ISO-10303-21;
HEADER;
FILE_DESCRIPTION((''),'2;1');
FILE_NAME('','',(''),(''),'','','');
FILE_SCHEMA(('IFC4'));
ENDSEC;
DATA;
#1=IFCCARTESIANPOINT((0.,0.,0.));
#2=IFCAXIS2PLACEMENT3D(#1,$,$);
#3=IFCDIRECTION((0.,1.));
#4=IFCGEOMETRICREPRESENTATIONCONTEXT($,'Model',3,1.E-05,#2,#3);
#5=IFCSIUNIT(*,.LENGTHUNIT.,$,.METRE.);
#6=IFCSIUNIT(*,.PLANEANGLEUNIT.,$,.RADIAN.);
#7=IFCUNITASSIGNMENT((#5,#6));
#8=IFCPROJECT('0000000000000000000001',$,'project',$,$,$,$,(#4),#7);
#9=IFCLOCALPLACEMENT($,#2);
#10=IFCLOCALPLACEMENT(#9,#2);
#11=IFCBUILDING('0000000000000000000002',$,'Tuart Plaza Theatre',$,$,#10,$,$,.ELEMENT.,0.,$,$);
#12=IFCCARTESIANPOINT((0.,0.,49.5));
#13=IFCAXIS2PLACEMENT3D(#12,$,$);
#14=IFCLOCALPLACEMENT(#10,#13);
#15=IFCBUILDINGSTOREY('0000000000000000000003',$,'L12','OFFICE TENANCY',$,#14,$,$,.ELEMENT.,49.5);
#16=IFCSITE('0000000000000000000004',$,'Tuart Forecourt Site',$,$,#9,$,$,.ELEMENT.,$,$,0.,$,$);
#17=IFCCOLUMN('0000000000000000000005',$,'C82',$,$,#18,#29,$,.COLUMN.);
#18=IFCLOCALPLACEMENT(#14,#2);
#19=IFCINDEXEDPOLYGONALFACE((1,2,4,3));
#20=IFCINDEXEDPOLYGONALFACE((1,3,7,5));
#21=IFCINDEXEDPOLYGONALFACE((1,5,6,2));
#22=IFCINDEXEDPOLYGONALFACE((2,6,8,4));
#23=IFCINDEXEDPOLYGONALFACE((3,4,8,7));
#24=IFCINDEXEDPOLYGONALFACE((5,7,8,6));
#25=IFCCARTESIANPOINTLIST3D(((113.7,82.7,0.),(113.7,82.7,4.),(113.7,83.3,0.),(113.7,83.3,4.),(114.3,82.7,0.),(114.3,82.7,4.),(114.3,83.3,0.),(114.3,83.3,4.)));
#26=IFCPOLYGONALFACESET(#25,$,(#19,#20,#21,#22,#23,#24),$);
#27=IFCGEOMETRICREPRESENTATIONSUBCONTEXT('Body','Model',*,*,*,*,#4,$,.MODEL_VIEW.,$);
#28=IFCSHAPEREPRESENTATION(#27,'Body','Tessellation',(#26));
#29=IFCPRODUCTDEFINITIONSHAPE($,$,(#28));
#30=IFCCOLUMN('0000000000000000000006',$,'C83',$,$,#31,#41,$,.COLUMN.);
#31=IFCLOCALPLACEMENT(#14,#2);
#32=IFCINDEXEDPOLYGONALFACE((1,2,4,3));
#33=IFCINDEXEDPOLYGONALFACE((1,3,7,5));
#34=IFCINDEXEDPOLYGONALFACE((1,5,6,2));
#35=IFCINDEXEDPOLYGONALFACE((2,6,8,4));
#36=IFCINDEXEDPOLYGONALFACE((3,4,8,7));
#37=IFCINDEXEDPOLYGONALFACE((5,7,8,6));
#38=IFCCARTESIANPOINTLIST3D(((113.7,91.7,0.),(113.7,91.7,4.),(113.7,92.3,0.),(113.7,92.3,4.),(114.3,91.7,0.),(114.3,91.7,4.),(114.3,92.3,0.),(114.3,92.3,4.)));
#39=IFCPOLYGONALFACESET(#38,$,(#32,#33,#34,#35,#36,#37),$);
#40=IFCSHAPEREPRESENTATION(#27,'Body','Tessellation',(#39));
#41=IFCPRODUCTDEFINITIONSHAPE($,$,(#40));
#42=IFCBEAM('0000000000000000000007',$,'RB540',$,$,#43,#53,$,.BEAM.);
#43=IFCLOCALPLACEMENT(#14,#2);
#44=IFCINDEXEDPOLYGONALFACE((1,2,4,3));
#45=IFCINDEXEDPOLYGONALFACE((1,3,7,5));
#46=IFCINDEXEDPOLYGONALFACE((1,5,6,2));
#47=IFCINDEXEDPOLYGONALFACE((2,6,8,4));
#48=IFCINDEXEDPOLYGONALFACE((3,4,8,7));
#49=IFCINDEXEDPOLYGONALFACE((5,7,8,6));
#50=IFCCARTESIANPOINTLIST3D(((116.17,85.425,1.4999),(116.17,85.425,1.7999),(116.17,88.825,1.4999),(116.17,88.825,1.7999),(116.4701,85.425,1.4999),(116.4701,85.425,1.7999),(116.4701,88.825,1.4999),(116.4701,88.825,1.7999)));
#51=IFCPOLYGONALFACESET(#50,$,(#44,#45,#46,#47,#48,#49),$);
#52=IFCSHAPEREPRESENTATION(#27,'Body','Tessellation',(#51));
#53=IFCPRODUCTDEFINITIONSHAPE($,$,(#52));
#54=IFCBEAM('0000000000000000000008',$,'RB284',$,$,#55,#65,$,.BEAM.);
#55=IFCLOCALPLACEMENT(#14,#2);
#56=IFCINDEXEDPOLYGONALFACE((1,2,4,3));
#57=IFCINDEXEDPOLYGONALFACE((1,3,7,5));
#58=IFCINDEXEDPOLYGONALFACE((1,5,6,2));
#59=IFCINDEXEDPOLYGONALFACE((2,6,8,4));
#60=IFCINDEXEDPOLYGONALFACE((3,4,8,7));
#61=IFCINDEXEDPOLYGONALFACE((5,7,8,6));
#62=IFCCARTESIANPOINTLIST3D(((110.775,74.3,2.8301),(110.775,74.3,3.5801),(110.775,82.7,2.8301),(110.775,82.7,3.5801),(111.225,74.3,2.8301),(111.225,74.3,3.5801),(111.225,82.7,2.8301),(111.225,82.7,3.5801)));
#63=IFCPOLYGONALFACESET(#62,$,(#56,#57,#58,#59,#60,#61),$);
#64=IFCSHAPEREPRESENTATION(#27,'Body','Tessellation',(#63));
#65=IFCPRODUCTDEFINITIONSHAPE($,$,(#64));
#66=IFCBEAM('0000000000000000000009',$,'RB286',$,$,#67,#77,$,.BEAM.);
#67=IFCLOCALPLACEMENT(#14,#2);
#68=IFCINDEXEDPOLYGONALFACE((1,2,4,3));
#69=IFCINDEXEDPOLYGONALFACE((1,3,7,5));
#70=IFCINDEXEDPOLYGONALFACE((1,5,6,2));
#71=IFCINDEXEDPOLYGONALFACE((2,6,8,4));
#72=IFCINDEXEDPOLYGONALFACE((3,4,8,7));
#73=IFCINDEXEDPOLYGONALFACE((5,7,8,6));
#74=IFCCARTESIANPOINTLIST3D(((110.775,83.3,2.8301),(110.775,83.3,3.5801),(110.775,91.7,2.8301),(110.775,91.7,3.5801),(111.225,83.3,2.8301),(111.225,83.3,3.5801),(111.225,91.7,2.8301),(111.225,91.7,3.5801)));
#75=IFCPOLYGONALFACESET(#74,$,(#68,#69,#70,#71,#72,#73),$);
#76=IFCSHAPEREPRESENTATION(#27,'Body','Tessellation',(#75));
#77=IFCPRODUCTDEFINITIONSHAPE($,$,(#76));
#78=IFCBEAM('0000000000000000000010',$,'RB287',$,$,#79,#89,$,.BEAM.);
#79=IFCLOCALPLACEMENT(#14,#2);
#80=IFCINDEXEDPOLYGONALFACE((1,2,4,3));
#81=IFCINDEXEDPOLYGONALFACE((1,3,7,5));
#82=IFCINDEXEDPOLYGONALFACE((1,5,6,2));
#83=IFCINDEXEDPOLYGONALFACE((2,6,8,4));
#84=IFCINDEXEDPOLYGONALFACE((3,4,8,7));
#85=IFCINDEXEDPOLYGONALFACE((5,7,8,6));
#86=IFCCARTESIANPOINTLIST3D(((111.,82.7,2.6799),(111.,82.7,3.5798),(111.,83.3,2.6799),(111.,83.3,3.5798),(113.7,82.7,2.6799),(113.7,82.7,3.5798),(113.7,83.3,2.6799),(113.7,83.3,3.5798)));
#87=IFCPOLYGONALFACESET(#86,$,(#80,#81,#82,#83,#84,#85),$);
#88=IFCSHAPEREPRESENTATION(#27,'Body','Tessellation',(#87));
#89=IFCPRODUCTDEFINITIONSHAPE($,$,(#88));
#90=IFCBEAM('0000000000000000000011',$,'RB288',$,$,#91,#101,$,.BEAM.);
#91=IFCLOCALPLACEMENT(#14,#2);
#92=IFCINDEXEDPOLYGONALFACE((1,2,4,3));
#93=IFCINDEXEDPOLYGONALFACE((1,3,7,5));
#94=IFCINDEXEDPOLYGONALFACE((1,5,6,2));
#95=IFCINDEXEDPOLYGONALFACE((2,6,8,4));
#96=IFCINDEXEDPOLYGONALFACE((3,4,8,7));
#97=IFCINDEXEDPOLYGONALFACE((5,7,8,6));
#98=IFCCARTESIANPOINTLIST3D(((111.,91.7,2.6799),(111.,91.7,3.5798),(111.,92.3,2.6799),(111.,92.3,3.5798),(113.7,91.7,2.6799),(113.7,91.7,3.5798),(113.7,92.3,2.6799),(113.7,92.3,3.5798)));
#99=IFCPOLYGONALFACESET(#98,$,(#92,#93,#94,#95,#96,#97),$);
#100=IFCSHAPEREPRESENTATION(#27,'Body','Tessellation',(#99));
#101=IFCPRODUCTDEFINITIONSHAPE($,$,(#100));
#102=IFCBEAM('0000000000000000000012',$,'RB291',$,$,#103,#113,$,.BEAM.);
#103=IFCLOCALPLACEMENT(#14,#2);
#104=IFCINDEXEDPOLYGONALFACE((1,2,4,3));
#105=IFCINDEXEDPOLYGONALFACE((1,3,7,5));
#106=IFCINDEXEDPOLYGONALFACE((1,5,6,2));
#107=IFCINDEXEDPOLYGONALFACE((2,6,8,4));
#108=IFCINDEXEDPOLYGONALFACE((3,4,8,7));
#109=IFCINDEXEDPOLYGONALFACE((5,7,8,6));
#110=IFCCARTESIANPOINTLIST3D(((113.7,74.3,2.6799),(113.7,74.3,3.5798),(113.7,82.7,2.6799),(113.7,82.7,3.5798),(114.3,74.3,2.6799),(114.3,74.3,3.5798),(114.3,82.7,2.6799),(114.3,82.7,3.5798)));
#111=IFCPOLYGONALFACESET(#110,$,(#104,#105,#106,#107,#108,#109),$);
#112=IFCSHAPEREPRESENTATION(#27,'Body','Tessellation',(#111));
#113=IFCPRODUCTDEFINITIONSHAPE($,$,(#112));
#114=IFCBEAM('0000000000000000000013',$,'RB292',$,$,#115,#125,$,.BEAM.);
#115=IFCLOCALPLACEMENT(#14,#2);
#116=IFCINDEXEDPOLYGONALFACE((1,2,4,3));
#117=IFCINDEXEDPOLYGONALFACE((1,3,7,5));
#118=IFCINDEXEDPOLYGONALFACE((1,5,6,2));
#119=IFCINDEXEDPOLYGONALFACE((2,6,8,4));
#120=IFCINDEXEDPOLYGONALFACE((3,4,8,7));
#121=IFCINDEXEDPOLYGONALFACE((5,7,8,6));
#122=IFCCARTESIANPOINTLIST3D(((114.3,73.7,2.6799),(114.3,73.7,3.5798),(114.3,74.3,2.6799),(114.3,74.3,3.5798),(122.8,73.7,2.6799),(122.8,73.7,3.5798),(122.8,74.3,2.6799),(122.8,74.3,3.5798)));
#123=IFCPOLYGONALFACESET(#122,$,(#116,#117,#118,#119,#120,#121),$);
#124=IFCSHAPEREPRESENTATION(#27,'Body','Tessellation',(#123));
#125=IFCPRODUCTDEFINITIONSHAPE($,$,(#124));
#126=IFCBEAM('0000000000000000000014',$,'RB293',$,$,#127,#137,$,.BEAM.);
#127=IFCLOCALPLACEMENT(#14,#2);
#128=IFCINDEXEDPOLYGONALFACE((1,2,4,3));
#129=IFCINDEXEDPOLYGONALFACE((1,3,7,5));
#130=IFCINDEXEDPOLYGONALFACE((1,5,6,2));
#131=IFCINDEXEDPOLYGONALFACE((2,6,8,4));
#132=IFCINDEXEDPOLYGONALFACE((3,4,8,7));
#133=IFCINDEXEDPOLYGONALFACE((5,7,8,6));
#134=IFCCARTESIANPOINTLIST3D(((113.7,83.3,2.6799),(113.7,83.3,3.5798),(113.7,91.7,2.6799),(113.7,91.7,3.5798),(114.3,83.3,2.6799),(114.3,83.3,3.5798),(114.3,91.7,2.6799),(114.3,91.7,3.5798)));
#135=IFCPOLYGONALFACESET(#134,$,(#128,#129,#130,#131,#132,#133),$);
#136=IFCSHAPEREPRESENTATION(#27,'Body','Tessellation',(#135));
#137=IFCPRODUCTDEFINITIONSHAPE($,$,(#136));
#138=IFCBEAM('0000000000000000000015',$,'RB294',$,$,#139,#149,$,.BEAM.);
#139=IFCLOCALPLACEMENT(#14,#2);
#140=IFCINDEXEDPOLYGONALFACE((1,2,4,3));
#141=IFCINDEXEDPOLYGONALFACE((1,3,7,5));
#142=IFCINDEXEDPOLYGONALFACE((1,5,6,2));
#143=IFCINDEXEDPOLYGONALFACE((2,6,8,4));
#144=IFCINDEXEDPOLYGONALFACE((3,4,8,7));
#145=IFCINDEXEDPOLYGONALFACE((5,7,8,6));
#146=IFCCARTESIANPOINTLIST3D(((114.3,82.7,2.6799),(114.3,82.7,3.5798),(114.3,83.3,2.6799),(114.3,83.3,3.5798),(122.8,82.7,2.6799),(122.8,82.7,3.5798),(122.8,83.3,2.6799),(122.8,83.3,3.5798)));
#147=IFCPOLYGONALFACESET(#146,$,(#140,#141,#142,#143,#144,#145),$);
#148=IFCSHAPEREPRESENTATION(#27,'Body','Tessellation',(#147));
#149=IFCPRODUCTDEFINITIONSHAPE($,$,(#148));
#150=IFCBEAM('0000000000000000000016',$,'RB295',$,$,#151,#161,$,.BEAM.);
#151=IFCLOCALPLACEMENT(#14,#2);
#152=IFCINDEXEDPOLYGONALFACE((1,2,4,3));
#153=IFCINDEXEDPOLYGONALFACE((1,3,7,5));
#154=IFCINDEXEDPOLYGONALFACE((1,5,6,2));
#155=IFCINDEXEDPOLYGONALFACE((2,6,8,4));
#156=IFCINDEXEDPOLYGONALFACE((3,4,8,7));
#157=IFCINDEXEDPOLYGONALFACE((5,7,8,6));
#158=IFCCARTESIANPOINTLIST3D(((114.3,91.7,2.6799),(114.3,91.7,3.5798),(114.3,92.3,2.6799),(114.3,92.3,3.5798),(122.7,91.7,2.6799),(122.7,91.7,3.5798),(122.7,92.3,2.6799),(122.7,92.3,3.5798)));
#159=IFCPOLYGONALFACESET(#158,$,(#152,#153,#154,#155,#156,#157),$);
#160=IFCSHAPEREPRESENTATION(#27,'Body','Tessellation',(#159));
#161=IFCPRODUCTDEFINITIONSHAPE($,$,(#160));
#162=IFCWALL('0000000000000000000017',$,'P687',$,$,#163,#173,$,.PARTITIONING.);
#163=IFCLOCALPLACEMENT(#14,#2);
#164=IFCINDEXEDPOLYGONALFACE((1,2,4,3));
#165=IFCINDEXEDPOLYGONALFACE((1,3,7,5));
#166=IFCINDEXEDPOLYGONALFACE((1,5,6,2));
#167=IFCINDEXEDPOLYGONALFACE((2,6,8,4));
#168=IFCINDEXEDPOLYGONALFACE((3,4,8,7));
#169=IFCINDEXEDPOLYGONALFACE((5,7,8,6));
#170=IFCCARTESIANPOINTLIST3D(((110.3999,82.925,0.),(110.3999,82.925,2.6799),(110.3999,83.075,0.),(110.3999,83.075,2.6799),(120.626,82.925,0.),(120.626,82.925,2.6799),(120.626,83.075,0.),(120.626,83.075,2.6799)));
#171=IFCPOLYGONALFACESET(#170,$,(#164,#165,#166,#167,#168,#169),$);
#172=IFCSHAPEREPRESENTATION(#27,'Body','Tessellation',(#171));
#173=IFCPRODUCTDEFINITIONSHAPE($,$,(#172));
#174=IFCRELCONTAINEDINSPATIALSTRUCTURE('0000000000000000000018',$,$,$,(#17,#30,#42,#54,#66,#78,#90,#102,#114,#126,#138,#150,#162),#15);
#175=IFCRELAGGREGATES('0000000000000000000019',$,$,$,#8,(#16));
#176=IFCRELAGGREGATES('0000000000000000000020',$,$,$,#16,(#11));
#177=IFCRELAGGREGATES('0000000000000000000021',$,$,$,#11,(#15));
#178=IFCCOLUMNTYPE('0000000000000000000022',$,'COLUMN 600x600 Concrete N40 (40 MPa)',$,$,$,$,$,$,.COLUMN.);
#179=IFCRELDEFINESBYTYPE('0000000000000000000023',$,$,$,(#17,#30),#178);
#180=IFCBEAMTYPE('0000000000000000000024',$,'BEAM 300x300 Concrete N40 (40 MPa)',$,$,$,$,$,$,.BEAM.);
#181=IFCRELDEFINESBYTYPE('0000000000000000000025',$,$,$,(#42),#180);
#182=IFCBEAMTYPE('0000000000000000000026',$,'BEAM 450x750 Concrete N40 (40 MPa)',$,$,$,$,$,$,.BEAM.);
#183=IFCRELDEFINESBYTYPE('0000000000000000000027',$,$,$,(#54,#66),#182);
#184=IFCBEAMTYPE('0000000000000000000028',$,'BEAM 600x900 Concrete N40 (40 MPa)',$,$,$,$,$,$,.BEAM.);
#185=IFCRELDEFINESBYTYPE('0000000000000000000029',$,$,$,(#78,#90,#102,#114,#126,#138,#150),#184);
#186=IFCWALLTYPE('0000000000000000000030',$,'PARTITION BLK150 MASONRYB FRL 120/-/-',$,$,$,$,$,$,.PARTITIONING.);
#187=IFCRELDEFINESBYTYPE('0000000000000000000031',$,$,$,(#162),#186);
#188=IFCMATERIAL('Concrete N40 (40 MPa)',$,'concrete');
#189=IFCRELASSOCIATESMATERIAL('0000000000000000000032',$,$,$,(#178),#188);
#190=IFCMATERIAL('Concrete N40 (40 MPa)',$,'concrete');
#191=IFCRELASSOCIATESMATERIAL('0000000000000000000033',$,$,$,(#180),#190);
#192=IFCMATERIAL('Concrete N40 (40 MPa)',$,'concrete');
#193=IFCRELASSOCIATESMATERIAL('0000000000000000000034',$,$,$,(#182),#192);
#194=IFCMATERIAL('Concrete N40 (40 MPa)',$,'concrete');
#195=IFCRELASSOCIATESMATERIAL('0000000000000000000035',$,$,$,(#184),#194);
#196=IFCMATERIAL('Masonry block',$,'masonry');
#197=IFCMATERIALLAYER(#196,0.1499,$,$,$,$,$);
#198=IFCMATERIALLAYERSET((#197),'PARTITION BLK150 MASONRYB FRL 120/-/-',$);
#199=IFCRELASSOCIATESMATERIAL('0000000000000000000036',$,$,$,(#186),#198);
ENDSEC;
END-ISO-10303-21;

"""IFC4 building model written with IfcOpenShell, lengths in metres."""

from ifc_helpers import new_model, si_unit, direction, frame, frame_2d, origin, origin_2d, place, context, subcontext, project, spatial, rectangle, extrude, material, layer, layer_set, material_profile, profile_set, type_object, element, save


model = new_model("IFC4")

# Units and contexts
model_context = context("Model", 3, precision=1e-05, world=origin(), true_north=direction((0.0, 1.0)))
body_context = subcontext(model_context, "Body", "Model", "MODEL_VIEW")
ifc_project = project(units=[si_unit("LENGTHUNIT", "METRE"), si_unit("PLANEANGLEUNIT", "RADIAN")], contexts=[model_context])

# Site, building, storey
site_placement = place(None, origin())
site = spatial("IfcSite", under=ifc_project, at=site_placement, Name="Tuart Forecourt Site", CompositionType="ELEMENT", RefElevation=0.0)
building_placement = place(site_placement, origin())
building = spatial("IfcBuilding", under=site, at=building_placement, Name="Tuart Plaza Theatre", CompositionType="ELEMENT", ElevationOfRefHeight=0.0)
storey_placement = place(building_placement, frame((0.0, 0.0, 49.5)))
storey = spatial("IfcBuildingStorey", under=building, at=storey_placement, Name="L12", Description="OFFICE TENANCY", CompositionType="ELEMENT", Elevation=49.5)

# Columns
ifc_material_1 = material(Name="Concrete N40 (40 MPa)", Category="concrete")
ifc_material_profile_1 = material_profile(ifc_material_1, rectangle(XDim=0.6001, YDim=0.6001, at=origin_2d()), Name="COLUMN 600x600 Concrete N40 (40 MPa)")
ifc_profile_set_1 = profile_set([ifc_material_profile_1], Name="Concrete N40 (40 MPa)")
column_type = type_object("IfcColumnType", Name="COLUMN 600x600 Concrete N40 (40 MPa)", PredefinedType="COLUMN", material=ifc_profile_set_1)
for number, where, z_axis, x_axis, name in (
    (1, (114.0, 83.0, 0.0), (0.0, 0.0, 1.0), (1.0, 0.0, 0.0), "C82"),
    (2, (114.0, 92.0, 0.0), (0.0, 0.0, 1.0), (1.0, 0.0, 0.0), "C83"),
):
    element("IfcColumn", number, at=place(storey_placement, frame(where, z_axis=z_axis, x_axis=x_axis)), inside=storey, type_object=column_type, Name=name, PredefinedType="COLUMN", context=body_context, shape_type="SweptSolid", body=[
        extrude(rectangle(XDim=0.6001, YDim=0.6001, at=origin_2d()), origin(), (0.0, 0.0, 1.0), 4.0),
    ])

# Beams
ifc_material_2 = material(Name="Concrete N40 (40 MPa)", Category="concrete")
ifc_material_profile_2 = material_profile(ifc_material_2, rectangle(XDim=0.3, YDim=0.3, at=origin_2d()), Name="BEAM 300x300 Concrete N40 (40 MPa)")
ifc_profile_set_2 = profile_set([ifc_material_profile_2], Name="Concrete N40 (40 MPa)")
beam_type_1 = type_object("IfcBeamType", Name="BEAM 300x300 Concrete N40 (40 MPa)", PredefinedType="BEAM", material=ifc_profile_set_2)
beam_1_placement = place(storey_placement, frame((116.3201, 88.825, 1.6499), z_axis=(0.0, -1.0, 0.0), x_axis=(1.0, 0.0, 0.0)))
element("IfcBeam", 3, at=beam_1_placement, inside=storey, type_object=beam_type_1, Name="RB540", PredefinedType="BEAM", context=body_context, shape_type="SweptSolid", body=[
    extrude(rectangle(XDim=0.3, YDim=0.3, at=origin_2d()), origin(), (0.0, 0.0, 1.0), 3.3999),
])
ifc_material_3 = material(Name="Concrete N40 (40 MPa)", Category="concrete")
ifc_material_profile_3 = material_profile(ifc_material_3, rectangle(XDim=0.45, YDim=0.75, at=origin_2d()), Name="BEAM 450x750 Concrete N40 (40 MPa)")
ifc_profile_set_3 = profile_set([ifc_material_profile_3], Name="Concrete N40 (40 MPa)")
beam_type_2 = type_object("IfcBeamType", Name="BEAM 450x750 Concrete N40 (40 MPa)", PredefinedType="BEAM", material=ifc_profile_set_3)
for number, where, z_axis, x_axis, name in (
    (4, (111.0, 74.3, 3.2051), (0.0, 1.0, 0.0), (-1.0, 0.0, 0.0), "RB284"),
    (5, (111.0, 83.3, 3.2051), (0.0, 1.0, 0.0), (-1.0, 0.0, 0.0), "RB286"),
):
    element("IfcBeam", number, at=place(storey_placement, frame(where, z_axis=z_axis, x_axis=x_axis)), inside=storey, type_object=beam_type_2, Name=name, PredefinedType="BEAM", context=body_context, shape_type="SweptSolid", body=[
        extrude(rectangle(XDim=0.45, YDim=0.75, at=origin_2d()), origin(), (0.0, 0.0, 1.0), 8.3999),
    ])
ifc_material_4 = material(Name="Concrete N40 (40 MPa)", Category="concrete")
ifc_material_profile_4 = material_profile(ifc_material_4, rectangle(XDim=0.6001, YDim=0.8999, at=origin_2d()), Name="BEAM 600x900 Concrete N40 (40 MPa)")
ifc_profile_set_4 = profile_set([ifc_material_profile_4], Name="Concrete N40 (40 MPa)")
beam_type_3 = type_object("IfcBeamType", Name="BEAM 600x900 Concrete N40 (40 MPa)", PredefinedType="BEAM", material=ifc_profile_set_4)
for number, where, z_axis, x_axis, name in (
    (6, (111.0, 83.0, 3.1299), (1.0, 0.0, 0.0), (0.0, 1.0, 0.0), "RB287"),
    (7, (111.0, 92.0, 3.1299), (1.0, 0.0, 0.0), (0.0, 1.0, 0.0), "RB288"),
):
    element("IfcBeam", number, at=place(storey_placement, frame(where, z_axis=z_axis, x_axis=x_axis)), inside=storey, type_object=beam_type_3, Name=name, PredefinedType="BEAM", context=body_context, shape_type="SweptSolid", body=[
        extrude(rectangle(XDim=0.6001, YDim=0.8999, at=origin_2d()), origin(), (0.0, 0.0, 1.0), 2.7),
    ])
beam_2_placement = place(storey_placement, frame((114.0, 74.3, 3.1299), z_axis=(0.0, 1.0, 0.0), x_axis=(-1.0, 0.0, 0.0)))
element("IfcBeam", 8, at=beam_2_placement, inside=storey, type_object=beam_type_3, Name="RB291", PredefinedType="BEAM", context=body_context, shape_type="SweptSolid", body=[
    extrude(rectangle(XDim=0.6001, YDim=0.8999, at=origin_2d()), origin(), (0.0, 0.0, 1.0), 8.3999),
])
beam_3_placement = place(storey_placement, frame((114.3, 74.0, 3.1299), z_axis=(1.0, 0.0, 0.0), x_axis=(0.0, 1.0, 0.0)))
element("IfcBeam", 9, at=beam_3_placement, inside=storey, type_object=beam_type_3, Name="RB292", PredefinedType="BEAM", context=body_context, shape_type="SweptSolid", body=[
    extrude(rectangle(XDim=0.6001, YDim=0.8999, at=origin_2d()), origin(), (0.0, 0.0, 1.0), 8.5),
])
beam_4_placement = place(storey_placement, frame((114.0, 83.3, 3.1299), z_axis=(0.0, 1.0, 0.0), x_axis=(-1.0, 0.0, 0.0)))
element("IfcBeam", 10, at=beam_4_placement, inside=storey, type_object=beam_type_3, Name="RB293", PredefinedType="BEAM", context=body_context, shape_type="SweptSolid", body=[
    extrude(rectangle(XDim=0.6001, YDim=0.8999, at=origin_2d()), origin(), (0.0, 0.0, 1.0), 8.3999),
])
beam_5_placement = place(storey_placement, frame((114.3, 83.0, 3.1299), z_axis=(1.0, 0.0, 0.0), x_axis=(0.0, 1.0, 0.0)))
element("IfcBeam", 11, at=beam_5_placement, inside=storey, type_object=beam_type_3, Name="RB294", PredefinedType="BEAM", context=body_context, shape_type="SweptSolid", body=[
    extrude(rectangle(XDim=0.6001, YDim=0.8999, at=origin_2d()), origin(), (0.0, 0.0, 1.0), 8.5),
])
beam_6_placement = place(storey_placement, frame((114.3, 92.0, 3.1299), z_axis=(1.0, 0.0, 0.0), x_axis=(0.0, 1.0, 0.0)))
element("IfcBeam", 12, at=beam_6_placement, inside=storey, type_object=beam_type_3, Name="RB295", PredefinedType="BEAM", context=body_context, shape_type="SweptSolid", body=[
    extrude(rectangle(XDim=0.6001, YDim=0.8999, at=origin_2d()), origin(), (0.0, 0.0, 1.0), 8.3999),
])

# Wall
ifc_material_5 = material(Name="Masonry block", Category="masonry")
ifc_layer_1 = layer(ifc_material_5, 0.1499)
ifc_layer_set_1 = layer_set([ifc_layer_1], Name="PARTITION BLK150 MASONRYB FRL 120/-/-")
wall_type_1 = type_object("IfcWallType", Name="PARTITION BLK150 MASONRYB FRL 120/-/-", PredefinedType="PARTITIONING", material=ifc_layer_set_1)
wall_1_placement = place(storey_placement, frame((110.3999, 83.0, 0.0), z_axis=(0.0, 0.0, 1.0), x_axis=(1.0, 0.0, 0.0)))
element("IfcWall", 13, at=wall_1_placement, inside=storey, type_object=wall_type_1, Name="P687", PredefinedType="PARTITIONING", context=body_context, shape_type="SweptSolid", body=[
    extrude(rectangle(XDim=10.2261, YDim=0.1499, at=frame_2d((5.113, 0.0))), origin(), (0.0, 0.0, 1.0), 2.6799),
])

save(model, "model.ifc")
